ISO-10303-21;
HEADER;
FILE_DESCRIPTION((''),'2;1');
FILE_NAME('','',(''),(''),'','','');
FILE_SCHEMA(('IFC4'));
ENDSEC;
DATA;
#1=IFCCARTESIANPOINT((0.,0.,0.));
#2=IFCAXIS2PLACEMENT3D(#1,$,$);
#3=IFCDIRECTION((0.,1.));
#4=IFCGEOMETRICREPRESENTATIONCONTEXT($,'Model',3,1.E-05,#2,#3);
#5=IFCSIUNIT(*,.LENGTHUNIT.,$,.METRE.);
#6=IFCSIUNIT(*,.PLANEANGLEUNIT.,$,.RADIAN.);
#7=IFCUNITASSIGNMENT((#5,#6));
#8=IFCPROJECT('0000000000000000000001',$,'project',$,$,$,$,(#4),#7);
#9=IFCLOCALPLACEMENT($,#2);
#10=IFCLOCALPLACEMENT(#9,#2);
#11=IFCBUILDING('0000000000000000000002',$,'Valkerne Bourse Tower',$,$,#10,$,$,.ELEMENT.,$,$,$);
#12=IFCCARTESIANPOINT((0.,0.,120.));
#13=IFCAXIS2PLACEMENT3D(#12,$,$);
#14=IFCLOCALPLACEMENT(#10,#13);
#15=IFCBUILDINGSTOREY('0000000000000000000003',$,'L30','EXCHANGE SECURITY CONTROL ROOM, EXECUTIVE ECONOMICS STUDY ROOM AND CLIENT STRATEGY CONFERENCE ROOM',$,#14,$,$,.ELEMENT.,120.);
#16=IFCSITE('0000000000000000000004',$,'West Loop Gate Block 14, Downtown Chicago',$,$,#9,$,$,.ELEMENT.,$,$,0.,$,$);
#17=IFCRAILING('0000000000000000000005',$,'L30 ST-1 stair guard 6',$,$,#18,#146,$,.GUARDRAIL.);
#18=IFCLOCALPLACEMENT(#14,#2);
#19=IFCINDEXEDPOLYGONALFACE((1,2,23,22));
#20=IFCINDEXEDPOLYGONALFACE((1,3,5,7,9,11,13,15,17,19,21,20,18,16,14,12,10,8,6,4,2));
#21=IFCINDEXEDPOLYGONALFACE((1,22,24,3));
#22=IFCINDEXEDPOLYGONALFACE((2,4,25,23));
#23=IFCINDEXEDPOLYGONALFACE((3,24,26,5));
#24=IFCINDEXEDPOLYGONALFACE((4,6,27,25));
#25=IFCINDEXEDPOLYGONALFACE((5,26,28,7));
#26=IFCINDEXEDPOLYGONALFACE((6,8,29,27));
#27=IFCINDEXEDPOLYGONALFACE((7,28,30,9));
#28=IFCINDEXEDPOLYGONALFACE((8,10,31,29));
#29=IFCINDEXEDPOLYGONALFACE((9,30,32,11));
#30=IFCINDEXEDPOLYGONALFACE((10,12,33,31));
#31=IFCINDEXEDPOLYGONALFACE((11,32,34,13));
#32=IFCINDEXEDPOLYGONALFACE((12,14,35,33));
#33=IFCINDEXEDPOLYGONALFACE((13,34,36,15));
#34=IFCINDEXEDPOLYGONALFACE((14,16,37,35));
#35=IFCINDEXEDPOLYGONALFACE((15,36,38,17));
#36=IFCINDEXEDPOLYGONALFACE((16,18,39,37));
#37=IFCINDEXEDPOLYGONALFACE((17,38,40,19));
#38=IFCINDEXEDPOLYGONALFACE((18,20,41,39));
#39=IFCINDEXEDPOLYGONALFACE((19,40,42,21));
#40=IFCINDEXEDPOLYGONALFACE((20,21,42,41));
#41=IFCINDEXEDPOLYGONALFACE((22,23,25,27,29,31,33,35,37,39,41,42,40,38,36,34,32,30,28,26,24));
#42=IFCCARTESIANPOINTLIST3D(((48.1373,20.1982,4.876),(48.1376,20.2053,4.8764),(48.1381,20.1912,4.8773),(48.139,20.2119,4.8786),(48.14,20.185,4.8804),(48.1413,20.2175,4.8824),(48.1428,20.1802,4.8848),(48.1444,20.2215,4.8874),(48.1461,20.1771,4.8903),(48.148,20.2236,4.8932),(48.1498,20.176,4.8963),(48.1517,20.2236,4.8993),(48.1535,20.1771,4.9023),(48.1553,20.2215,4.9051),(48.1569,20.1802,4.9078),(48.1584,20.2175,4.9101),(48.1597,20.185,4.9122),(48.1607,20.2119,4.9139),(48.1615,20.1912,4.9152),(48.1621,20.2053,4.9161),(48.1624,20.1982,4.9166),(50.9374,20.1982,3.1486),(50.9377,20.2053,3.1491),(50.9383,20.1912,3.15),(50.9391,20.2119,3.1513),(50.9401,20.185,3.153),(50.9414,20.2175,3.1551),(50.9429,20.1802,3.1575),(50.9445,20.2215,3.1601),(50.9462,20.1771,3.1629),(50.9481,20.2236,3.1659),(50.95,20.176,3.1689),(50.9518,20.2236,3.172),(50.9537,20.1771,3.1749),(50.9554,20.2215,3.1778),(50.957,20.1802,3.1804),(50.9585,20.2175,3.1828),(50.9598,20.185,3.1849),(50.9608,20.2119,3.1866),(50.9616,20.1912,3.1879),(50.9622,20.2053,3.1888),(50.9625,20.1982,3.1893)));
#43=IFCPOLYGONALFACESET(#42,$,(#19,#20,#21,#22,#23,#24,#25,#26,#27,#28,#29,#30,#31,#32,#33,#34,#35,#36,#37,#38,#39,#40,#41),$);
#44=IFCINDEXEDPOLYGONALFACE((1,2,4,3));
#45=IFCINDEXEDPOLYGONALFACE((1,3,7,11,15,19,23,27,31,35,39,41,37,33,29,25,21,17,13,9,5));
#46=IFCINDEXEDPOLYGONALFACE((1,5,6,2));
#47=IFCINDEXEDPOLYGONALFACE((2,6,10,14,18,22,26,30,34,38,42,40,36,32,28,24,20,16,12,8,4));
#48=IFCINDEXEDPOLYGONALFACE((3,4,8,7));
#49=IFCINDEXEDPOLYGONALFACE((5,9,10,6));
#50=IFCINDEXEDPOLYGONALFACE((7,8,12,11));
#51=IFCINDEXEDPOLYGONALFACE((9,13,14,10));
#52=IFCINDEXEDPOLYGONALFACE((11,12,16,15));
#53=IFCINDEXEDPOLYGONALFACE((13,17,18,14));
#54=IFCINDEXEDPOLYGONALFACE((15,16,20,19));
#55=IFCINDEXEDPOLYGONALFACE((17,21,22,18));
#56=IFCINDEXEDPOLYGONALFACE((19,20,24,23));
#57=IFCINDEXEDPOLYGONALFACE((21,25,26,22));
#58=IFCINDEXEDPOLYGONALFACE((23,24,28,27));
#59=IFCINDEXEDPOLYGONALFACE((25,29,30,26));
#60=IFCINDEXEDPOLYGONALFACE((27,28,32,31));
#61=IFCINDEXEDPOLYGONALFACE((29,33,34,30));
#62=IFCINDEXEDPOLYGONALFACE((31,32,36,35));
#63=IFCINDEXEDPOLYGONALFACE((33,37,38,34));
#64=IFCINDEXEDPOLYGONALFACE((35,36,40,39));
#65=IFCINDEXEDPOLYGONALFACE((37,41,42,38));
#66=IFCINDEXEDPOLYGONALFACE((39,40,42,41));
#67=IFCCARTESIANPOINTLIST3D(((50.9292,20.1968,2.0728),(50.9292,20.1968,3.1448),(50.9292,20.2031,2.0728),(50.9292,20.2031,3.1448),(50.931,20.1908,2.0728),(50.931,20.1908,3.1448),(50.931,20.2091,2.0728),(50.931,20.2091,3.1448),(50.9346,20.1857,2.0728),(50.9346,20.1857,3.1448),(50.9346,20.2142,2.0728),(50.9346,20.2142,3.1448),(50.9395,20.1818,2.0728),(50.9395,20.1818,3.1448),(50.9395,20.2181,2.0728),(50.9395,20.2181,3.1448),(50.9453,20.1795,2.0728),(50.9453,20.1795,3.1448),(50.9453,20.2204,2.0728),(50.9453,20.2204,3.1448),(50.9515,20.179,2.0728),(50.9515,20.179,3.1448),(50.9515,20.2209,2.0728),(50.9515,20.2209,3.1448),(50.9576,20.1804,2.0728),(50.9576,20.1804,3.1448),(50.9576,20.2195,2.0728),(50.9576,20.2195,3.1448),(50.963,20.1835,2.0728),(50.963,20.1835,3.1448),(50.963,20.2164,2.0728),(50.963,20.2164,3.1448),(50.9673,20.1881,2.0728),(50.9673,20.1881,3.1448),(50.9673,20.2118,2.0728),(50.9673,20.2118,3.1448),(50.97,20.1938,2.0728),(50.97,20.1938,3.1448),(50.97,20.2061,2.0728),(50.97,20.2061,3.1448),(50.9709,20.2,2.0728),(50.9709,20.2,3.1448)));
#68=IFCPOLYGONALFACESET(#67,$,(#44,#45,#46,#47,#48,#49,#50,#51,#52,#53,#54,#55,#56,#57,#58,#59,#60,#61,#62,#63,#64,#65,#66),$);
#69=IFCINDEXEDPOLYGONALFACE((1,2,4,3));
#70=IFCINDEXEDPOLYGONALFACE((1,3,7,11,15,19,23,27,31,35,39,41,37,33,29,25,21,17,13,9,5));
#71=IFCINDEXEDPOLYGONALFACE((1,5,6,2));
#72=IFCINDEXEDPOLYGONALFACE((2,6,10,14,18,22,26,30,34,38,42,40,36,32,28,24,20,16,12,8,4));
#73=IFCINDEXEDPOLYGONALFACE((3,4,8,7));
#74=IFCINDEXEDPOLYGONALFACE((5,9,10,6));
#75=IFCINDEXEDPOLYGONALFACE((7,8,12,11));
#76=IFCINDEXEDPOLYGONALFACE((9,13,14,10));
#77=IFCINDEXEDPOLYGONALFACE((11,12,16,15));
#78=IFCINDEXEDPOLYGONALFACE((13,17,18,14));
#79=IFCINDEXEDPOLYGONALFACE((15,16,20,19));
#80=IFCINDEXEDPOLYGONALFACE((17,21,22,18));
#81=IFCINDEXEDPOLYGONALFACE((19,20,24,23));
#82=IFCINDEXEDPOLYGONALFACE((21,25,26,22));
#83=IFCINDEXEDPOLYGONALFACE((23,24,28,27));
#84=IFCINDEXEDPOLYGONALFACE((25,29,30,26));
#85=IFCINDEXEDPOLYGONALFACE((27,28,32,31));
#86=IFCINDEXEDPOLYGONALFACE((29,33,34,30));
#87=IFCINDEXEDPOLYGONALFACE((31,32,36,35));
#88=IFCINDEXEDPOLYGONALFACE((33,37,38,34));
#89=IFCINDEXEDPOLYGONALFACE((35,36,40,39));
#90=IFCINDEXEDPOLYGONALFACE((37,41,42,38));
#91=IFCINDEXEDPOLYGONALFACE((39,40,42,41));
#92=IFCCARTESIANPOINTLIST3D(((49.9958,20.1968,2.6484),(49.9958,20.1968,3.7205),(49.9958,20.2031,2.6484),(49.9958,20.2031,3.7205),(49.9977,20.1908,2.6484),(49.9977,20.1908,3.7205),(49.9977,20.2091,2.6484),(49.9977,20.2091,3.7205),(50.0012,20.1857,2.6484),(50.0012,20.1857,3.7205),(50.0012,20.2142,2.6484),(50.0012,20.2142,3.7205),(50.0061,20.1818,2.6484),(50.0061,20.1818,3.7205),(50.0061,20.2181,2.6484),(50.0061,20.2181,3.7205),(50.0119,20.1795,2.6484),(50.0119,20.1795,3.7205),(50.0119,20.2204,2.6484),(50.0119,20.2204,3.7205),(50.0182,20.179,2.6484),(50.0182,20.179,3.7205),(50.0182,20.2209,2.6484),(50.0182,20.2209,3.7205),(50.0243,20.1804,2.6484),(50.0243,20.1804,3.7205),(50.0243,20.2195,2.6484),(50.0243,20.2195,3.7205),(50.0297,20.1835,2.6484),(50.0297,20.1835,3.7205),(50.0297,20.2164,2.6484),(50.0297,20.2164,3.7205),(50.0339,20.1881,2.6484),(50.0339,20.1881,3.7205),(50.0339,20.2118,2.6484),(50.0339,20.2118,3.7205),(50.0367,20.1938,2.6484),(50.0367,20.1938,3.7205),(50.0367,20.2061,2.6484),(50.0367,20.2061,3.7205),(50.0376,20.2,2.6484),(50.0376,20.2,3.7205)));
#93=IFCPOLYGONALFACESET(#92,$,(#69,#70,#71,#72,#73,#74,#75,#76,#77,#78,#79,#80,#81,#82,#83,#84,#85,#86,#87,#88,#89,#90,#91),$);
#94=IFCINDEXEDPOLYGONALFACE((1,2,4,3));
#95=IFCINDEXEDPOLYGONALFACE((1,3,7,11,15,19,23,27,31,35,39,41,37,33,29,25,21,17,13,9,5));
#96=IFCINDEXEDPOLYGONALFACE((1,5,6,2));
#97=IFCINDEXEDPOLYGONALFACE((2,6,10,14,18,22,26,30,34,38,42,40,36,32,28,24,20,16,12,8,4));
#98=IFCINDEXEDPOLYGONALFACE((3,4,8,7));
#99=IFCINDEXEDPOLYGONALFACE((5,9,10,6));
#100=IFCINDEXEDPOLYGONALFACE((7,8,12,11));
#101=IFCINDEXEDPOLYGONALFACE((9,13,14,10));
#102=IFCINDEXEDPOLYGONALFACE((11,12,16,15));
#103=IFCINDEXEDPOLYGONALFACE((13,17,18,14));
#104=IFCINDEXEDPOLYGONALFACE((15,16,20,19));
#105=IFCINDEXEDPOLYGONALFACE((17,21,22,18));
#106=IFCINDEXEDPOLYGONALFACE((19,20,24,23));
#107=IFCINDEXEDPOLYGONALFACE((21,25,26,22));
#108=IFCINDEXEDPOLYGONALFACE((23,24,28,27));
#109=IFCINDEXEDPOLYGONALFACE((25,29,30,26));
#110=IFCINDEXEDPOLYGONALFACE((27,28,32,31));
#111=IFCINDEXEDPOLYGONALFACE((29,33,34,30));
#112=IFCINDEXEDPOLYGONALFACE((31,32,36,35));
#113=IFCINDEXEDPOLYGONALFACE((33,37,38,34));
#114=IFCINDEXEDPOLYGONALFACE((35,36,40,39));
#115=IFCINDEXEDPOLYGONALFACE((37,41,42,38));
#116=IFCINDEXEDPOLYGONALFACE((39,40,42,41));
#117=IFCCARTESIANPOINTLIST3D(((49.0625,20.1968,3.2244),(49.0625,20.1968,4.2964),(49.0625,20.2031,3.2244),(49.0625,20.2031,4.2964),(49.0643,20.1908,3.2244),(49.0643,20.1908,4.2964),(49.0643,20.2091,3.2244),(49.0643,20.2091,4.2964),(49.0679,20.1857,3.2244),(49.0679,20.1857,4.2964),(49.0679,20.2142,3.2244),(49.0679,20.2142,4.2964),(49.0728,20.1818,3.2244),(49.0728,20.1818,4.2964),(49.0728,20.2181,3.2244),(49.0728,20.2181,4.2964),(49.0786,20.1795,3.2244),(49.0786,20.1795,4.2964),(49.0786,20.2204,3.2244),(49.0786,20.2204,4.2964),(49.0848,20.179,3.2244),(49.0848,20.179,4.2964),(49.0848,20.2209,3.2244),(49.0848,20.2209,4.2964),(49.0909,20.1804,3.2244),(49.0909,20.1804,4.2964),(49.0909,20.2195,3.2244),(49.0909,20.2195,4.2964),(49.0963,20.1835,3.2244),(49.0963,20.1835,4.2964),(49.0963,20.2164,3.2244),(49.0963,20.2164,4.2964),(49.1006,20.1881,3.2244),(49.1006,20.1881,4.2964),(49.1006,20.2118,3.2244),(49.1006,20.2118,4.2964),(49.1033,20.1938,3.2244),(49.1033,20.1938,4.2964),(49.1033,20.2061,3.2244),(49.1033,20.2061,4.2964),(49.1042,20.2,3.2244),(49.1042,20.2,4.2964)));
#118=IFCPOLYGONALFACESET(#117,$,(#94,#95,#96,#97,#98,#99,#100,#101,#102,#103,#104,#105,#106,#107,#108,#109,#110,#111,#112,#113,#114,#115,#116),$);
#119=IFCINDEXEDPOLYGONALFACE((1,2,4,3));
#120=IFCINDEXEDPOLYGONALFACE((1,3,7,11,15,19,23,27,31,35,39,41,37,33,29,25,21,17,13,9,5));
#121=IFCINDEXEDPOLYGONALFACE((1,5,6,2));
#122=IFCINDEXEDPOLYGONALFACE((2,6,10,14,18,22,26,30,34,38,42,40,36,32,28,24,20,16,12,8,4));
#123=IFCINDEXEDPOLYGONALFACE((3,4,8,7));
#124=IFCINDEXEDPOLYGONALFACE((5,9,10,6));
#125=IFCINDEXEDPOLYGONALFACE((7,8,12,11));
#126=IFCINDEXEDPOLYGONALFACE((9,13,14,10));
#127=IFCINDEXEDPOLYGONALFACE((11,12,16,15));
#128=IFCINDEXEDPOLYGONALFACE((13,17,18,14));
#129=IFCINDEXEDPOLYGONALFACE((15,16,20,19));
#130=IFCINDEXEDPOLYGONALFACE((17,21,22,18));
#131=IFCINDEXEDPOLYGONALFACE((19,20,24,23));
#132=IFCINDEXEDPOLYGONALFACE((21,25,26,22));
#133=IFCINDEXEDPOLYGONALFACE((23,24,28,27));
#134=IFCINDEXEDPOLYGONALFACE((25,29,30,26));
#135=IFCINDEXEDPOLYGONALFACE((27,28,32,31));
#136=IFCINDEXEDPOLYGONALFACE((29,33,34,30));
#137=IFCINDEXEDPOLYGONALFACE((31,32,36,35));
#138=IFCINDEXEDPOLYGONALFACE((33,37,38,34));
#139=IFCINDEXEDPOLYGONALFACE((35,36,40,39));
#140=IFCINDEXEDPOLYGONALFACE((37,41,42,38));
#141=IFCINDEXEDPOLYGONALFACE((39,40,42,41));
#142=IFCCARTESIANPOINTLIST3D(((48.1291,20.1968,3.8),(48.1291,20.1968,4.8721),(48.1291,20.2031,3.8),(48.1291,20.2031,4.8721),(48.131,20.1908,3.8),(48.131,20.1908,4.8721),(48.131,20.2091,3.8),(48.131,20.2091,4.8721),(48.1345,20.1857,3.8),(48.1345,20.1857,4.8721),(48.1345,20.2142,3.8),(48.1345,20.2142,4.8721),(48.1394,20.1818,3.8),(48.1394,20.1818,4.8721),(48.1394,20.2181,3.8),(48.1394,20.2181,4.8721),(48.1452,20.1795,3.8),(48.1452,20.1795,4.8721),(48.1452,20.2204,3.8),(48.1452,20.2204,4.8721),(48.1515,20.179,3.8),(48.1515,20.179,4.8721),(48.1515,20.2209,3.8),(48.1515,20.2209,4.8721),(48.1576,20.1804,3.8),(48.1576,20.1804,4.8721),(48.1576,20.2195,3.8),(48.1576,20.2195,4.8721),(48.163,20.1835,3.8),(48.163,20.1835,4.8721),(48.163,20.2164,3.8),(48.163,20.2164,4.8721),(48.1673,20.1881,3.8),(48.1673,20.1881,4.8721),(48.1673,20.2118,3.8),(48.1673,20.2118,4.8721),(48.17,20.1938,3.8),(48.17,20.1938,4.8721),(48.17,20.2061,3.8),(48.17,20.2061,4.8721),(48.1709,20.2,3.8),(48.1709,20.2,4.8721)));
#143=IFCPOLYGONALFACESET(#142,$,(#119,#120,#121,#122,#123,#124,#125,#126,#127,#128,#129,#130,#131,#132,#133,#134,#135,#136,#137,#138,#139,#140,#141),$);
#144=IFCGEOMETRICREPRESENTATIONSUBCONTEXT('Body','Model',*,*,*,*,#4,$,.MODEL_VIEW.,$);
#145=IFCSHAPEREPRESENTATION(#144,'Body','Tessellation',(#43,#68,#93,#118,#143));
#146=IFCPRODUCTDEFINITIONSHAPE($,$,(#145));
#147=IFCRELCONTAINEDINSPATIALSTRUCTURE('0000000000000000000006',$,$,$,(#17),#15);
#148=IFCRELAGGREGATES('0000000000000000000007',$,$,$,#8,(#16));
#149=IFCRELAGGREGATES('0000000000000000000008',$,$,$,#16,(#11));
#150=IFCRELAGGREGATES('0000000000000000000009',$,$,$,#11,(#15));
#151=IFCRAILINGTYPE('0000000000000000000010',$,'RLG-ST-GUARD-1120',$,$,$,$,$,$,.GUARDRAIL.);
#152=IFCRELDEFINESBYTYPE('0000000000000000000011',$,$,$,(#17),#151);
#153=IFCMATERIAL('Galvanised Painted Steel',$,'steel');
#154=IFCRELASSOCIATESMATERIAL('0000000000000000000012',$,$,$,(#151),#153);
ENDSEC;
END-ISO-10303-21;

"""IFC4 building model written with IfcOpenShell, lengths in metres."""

from ifc_helpers import new_model, si_unit, direction, frame, origin, origin_2d, place, context, subcontext, project, spatial, circle, extrude, material, type_object, element, save


model = new_model("IFC4")

# Units and contexts
model_context = context("Model", 3, precision=1e-05, world=origin(), true_north=direction((0.0, 1.0)))
body_context = subcontext(model_context, "Body", "Model", "MODEL_VIEW")
ifc_project = project(units=[si_unit("LENGTHUNIT", "METRE"), si_unit("PLANEANGLEUNIT", "RADIAN")], contexts=[model_context])

# Site, building, storey
site_placement = place(None, origin())
site = spatial("IfcSite", under=ifc_project, at=site_placement, Name="West Loop Gate Block 14, Downtown Chicago", CompositionType="ELEMENT", RefElevation=0.0)
building_placement = place(site_placement, origin())
building = spatial("IfcBuilding", under=site, at=building_placement, Name="Valkerne Bourse Tower", CompositionType="ELEMENT")
storey_placement = place(building_placement, frame((0.0, 0.0, 120.0)))
storey = spatial("IfcBuildingStorey", under=building, at=storey_placement, Name="L30", Description="EXCHANGE SECURITY CONTROL ROOM, EXECUTIVE ECONOMICS STUDY ROOM AND CLIENT STRATEGY CONFERENCE ROOM", CompositionType="ELEMENT", Elevation=120.0)

# Shared definitions
ifc_material_1 = material(Name="Galvanised Painted Steel", Category="steel")

# Railing
railing_type_1 = type_object("IfcRailingType", Name="RLG-ST-GUARD-1120", PredefinedType="GUARDRAIL", material=ifc_material_1)
railing_1_placement = place(storey_placement, frame((50.95, 20.2, 2.0728)))
element("IfcRailing", 1, at=railing_1_placement, inside=storey, type_object=railing_type_1, Name="L30 ST-1 stair guard 6", PredefinedType="GUARDRAIL", context=body_context, shape_type="SweptSolid", body=[
    extrude(circle(Radius=0.0239, at=origin_2d()), frame((0.0, 0.0, 1.0962), z_axis=(-0.85109, 0.0, 0.52502), x_axis=(0.0, -1.0, 0.0)), (0.0, 0.0, 1.0), 3.29),
    extrude(circle(Radius=0.021, at=origin_2d()), origin(), (0.0, 0.0, 1.0), 1.072),
    extrude(circle(Radius=0.021, at=origin_2d()), frame((-0.9333, 0.0, 0.5757)), (0.0, 0.0, 1.0), 1.072),
    extrude(circle(Radius=0.021, at=origin_2d()), frame((-1.8667, 0.0, 1.1516)), (0.0, 0.0, 1.0), 1.072),
    extrude(circle(Radius=0.021, at=origin_2d()), frame((-2.8, 0.0, 1.7273)), (0.0, 0.0, 1.0), 1.072),
])

save(model, "model.ifc")
